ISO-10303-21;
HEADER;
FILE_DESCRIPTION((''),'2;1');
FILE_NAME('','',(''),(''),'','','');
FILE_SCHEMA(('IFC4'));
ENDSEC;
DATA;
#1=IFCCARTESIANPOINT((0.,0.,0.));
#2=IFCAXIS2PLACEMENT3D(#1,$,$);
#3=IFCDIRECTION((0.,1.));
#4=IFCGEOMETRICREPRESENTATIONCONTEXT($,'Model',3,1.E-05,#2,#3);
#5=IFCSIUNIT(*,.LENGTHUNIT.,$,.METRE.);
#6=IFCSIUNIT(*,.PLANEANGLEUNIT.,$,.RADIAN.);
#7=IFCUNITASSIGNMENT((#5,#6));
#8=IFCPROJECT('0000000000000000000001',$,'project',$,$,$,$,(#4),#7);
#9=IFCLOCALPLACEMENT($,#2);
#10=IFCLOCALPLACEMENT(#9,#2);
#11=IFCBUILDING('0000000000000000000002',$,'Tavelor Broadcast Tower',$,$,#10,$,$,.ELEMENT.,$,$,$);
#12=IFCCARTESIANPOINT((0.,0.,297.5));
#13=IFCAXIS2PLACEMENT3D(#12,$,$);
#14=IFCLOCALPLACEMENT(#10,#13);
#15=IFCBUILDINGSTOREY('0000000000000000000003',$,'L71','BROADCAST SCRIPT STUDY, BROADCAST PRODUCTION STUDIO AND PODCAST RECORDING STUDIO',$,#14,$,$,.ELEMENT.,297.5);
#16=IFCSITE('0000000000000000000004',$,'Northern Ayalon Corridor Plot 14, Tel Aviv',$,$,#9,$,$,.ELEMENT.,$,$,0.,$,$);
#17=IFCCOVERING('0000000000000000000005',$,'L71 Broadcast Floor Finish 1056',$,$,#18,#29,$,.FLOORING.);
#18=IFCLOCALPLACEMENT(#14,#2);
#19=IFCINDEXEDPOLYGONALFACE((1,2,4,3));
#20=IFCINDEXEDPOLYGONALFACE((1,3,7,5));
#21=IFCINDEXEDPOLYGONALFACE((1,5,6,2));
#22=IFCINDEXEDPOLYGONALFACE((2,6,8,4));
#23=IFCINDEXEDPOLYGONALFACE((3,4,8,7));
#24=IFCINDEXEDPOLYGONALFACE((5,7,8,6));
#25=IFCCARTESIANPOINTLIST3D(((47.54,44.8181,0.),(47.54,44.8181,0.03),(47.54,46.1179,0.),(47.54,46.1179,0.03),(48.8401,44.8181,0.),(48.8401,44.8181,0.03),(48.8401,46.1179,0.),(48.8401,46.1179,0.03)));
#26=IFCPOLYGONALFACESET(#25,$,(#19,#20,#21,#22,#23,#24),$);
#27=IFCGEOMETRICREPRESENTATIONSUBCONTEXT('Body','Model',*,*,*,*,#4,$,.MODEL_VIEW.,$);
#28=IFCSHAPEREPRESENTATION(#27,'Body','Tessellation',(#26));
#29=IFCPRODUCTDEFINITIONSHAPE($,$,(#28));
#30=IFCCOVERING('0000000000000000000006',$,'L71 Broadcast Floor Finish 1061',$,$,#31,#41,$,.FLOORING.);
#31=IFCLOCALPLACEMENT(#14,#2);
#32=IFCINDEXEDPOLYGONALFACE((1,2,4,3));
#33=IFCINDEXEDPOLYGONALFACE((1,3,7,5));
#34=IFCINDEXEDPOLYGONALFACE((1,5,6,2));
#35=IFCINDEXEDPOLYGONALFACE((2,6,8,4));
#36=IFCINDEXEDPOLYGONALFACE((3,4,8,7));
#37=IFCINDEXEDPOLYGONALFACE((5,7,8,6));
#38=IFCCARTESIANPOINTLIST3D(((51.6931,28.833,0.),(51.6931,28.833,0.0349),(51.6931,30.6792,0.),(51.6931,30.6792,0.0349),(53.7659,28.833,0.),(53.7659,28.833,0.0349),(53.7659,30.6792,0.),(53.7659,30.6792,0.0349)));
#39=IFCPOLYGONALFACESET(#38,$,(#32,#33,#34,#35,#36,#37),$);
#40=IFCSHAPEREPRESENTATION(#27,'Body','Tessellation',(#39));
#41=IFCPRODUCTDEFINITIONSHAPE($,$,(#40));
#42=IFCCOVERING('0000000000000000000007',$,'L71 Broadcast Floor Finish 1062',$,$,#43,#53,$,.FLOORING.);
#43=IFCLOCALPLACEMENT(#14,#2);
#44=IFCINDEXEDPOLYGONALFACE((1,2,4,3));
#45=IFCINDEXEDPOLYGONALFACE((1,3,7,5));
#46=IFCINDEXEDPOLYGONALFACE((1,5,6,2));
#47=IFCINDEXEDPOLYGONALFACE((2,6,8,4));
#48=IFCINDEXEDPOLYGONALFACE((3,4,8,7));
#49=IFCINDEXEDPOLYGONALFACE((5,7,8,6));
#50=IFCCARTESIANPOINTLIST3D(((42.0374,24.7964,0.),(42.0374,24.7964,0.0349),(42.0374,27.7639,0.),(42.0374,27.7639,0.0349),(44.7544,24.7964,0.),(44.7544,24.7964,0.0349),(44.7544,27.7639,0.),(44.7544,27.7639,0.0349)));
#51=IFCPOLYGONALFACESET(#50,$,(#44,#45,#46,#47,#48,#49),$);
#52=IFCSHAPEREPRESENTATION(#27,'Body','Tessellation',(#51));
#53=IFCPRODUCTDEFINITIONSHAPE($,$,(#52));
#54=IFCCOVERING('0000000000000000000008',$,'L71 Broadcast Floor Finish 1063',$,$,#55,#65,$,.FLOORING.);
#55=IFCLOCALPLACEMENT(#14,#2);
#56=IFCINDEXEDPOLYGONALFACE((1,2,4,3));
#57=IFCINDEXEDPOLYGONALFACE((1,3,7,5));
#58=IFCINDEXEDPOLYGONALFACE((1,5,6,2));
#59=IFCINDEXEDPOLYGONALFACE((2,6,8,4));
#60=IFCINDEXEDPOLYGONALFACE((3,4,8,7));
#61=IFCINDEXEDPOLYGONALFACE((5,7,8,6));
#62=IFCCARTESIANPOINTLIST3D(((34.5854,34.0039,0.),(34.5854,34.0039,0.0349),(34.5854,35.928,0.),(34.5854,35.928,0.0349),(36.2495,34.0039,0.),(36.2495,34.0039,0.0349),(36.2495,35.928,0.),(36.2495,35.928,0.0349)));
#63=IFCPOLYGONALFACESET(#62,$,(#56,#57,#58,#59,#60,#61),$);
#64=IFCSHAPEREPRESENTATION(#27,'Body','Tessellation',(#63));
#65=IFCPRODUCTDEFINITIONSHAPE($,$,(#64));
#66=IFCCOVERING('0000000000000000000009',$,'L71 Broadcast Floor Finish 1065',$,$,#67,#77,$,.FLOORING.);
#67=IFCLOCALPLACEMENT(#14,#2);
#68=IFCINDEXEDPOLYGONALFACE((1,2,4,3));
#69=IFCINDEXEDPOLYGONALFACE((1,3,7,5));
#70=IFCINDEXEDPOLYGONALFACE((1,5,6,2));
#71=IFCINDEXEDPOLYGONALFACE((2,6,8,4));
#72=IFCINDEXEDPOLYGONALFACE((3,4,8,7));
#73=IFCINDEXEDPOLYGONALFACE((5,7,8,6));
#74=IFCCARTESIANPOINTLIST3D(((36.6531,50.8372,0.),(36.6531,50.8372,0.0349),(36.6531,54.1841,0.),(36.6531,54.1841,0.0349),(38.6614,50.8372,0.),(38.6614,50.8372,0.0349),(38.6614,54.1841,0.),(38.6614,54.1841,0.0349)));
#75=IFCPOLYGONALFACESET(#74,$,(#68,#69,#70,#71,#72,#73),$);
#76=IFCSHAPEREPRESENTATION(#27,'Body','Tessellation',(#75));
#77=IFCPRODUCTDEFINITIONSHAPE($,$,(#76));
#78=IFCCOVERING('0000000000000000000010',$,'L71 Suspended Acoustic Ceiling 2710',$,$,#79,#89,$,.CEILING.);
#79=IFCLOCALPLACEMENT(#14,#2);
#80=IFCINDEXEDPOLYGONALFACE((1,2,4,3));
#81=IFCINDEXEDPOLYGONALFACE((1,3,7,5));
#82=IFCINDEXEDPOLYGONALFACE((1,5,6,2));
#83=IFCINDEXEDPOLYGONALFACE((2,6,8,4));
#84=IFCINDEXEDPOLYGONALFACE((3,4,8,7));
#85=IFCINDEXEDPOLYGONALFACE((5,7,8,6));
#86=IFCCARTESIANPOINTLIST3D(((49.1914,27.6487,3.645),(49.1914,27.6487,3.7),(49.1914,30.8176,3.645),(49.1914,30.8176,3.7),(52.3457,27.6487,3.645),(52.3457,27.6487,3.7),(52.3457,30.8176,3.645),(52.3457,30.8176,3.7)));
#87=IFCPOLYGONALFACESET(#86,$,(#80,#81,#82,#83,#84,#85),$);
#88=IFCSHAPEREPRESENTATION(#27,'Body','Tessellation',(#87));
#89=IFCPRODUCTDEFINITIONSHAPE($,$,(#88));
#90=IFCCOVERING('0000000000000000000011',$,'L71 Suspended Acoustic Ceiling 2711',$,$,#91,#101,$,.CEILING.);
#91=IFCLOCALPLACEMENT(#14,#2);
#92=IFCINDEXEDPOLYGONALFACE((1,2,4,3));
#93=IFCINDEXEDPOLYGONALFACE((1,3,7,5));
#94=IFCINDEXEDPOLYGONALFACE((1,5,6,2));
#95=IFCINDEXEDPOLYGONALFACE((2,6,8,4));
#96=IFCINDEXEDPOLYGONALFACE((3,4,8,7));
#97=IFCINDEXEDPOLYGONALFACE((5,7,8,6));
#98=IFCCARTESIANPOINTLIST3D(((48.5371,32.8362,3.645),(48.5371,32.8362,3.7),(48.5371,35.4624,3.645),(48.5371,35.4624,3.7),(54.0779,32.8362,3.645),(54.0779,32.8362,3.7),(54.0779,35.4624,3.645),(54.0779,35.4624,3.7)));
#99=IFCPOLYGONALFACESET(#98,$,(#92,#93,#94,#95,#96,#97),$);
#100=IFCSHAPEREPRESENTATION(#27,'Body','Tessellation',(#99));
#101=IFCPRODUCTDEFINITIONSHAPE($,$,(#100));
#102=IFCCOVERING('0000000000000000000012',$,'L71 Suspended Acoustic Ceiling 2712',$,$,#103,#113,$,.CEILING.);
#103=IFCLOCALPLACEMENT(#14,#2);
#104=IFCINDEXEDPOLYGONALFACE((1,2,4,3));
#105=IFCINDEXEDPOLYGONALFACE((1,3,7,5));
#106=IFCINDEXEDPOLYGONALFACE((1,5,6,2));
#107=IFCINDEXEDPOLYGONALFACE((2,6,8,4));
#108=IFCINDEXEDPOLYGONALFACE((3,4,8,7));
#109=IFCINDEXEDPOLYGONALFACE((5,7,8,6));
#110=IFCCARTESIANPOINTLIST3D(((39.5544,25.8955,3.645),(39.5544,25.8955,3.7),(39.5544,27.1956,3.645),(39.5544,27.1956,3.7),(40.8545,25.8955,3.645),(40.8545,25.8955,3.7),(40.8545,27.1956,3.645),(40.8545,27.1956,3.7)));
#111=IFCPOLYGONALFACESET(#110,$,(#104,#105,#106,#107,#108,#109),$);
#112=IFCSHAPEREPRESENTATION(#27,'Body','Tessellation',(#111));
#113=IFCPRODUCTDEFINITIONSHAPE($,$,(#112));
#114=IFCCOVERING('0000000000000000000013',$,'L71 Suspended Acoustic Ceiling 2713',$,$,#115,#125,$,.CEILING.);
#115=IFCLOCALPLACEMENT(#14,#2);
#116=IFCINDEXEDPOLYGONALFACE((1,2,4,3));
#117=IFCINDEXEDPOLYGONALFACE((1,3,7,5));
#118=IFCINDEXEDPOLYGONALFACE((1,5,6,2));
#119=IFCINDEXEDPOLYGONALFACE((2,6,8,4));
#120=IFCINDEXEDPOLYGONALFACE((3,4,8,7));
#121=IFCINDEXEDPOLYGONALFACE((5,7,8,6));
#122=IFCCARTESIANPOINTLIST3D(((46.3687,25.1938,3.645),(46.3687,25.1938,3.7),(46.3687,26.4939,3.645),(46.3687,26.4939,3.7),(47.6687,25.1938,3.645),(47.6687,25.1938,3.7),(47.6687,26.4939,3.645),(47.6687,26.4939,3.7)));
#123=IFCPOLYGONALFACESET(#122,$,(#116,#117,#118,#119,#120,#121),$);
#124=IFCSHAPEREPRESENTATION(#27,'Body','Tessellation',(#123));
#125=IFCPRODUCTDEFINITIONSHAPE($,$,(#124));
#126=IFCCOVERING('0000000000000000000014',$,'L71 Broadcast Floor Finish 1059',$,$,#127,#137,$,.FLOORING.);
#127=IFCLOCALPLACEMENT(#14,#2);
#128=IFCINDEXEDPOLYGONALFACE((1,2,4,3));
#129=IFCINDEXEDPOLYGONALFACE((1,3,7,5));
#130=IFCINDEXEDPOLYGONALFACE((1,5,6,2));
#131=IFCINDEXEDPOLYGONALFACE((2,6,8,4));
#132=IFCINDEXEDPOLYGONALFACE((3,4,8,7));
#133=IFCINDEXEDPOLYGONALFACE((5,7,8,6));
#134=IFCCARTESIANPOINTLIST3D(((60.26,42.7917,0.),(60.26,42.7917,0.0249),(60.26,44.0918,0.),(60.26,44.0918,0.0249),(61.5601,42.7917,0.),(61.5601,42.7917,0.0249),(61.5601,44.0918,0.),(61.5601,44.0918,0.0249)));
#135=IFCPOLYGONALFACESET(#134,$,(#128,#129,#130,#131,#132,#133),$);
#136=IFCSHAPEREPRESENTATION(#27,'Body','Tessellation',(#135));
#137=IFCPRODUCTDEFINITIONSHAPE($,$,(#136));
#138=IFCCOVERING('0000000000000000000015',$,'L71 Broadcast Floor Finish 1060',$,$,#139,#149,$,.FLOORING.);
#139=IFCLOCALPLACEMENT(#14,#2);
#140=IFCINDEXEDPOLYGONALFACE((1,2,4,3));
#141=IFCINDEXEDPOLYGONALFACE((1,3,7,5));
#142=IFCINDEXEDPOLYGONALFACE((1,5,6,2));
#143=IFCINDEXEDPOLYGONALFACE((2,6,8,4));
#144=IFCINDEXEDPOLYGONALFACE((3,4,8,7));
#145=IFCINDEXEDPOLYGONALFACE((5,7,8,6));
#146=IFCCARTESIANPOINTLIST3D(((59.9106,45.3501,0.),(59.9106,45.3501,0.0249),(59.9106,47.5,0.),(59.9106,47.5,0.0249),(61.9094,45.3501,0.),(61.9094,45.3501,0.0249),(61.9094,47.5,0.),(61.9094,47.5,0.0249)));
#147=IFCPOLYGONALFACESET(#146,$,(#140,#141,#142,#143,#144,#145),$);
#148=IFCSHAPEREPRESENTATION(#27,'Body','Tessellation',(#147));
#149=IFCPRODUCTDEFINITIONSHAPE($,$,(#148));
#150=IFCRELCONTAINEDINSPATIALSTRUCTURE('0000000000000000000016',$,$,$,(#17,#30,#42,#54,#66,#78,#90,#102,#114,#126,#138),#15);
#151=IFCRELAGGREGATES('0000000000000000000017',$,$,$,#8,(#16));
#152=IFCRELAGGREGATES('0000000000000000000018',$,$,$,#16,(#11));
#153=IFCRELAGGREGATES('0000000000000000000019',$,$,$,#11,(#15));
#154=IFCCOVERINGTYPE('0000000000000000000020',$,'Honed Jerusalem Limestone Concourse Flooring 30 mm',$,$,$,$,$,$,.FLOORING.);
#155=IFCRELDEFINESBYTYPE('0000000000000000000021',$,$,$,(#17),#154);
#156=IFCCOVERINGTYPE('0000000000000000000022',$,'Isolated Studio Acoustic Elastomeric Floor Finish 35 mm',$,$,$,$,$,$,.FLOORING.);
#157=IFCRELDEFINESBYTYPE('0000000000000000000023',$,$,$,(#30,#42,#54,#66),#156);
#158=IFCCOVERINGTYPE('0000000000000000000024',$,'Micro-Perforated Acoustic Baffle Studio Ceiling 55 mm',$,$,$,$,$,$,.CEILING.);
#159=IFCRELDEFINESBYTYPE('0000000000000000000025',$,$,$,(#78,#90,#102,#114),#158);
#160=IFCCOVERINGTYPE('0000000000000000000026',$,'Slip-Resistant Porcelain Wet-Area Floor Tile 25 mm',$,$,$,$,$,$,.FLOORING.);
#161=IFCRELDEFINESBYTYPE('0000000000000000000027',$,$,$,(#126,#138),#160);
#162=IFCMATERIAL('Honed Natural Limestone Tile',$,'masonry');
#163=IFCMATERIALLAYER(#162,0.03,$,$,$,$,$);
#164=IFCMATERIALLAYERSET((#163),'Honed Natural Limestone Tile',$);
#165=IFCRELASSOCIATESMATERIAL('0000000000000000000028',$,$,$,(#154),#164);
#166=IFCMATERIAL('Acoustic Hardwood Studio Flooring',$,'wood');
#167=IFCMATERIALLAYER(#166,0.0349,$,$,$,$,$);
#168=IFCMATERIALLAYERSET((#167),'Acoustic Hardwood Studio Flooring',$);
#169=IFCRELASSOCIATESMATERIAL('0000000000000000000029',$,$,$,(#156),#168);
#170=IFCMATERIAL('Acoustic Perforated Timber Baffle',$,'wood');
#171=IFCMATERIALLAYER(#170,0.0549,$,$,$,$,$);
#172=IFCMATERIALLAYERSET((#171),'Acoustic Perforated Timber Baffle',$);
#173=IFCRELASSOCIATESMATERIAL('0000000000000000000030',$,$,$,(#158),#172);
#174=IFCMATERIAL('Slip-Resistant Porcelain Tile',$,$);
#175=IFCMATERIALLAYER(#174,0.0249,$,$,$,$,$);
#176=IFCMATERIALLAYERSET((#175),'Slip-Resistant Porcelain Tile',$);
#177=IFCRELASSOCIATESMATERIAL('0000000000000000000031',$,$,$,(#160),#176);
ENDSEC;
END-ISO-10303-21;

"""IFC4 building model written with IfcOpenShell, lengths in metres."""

from ifc_helpers import new_model, si_unit, direction, frame, origin, place, context, subcontext, project, spatial, polyline, outline, extrude, material, layer, layer_set, type_object, element, save


model = new_model("IFC4")

# Units and contexts
model_context = context("Model", 3, precision=1e-05, world=origin(), true_north=direction((0.0, 1.0)))
body_context = subcontext(model_context, "Body", "Model", "MODEL_VIEW")
ifc_project = project(units=[si_unit("LENGTHUNIT", "METRE"), si_unit("PLANEANGLEUNIT", "RADIAN")], contexts=[model_context])

# Site, building, storey
site_placement = place(None, origin())
site = spatial("IfcSite", under=ifc_project, at=site_placement, Name="Northern Ayalon Corridor Plot 14, Tel Aviv", CompositionType="ELEMENT", RefElevation=0.0)
building_placement = place(site_placement, origin())
building = spatial("IfcBuilding", under=site, at=building_placement, Name="Tavelor Broadcast Tower", CompositionType="ELEMENT")
storey_placement = place(building_placement, frame((0.0, 0.0, 297.5)))
storey = spatial("IfcBuildingStorey", under=building, at=storey_placement, Name="L71", Description="BROADCAST SCRIPT STUDY, BROADCAST PRODUCTION STUDIO AND PODCAST RECORDING STUDIO", CompositionType="ELEMENT", Elevation=297.5)

# Coverings
ifc_material_1 = material(Name="Honed Natural Limestone Tile", Category="masonry")
ifc_layer_1 = layer(ifc_material_1, 0.03)
ifc_layer_set_1 = layer_set([ifc_layer_1], Name="Honed Natural Limestone Tile")
covering_type_1 = type_object("IfcCoveringType", Name="Honed Jerusalem Limestone Concourse Flooring 30 mm", PredefinedType="FLOORING", material=ifc_layer_set_1)
covering_1_placement = place(storey_placement, origin())
element("IfcCovering", 1, at=covering_1_placement, inside=storey, type_object=covering_type_1, Name="L71 Broadcast Floor Finish 1056", PredefinedType="FLOORING", context=body_context, shape_type="SweptSolid", body=[
    extrude(outline(polyline([(47.54, 44.8181), (48.8401, 44.8181), (48.8401, 46.1179), (47.54, 46.1179), (47.54, 44.8181)])), origin(), (0.0, 0.0, 1.0), 0.03),
])
ifc_material_2 = material(Name="Acoustic Hardwood Studio Flooring", Category="wood")
ifc_layer_2 = layer(ifc_material_2, 0.0349)
ifc_layer_set_2 = layer_set([ifc_layer_2], Name="Acoustic Hardwood Studio Flooring")
covering_type_2 = type_object("IfcCoveringType", Name="Isolated Studio Acoustic Elastomeric Floor Finish 35 mm", PredefinedType="FLOORING", material=ifc_layer_set_2)
covering_2_placement = place(storey_placement, origin())
element("IfcCovering", 2, at=covering_2_placement, inside=storey, type_object=covering_type_2, Name="L71 Broadcast Floor Finish 1061", PredefinedType="FLOORING", context=body_context, shape_type="SweptSolid", body=[
    extrude(outline(polyline([(51.6931, 28.833), (53.7659, 28.833), (53.7659, 30.6792), (51.6931, 30.6792), (51.6931, 28.833)])), origin(), (0.0, 0.0, 1.0), 0.0349),
])
covering_3_placement = place(storey_placement, origin())
element("IfcCovering", 3, at=covering_3_placement, inside=storey, type_object=covering_type_2, Name="L71 Broadcast Floor Finish 1062", PredefinedType="FLOORING", context=body_context, shape_type="SweptSolid", body=[
    extrude(outline(polyline([(42.0374, 24.7964), (44.7544, 24.7964), (44.7544, 27.7639), (42.0374, 27.7639), (42.0374, 24.7964)])), origin(), (0.0, 0.0, 1.0), 0.0349),
])
covering_4_placement = place(storey_placement, origin())
element("IfcCovering", 4, at=covering_4_placement, inside=storey, type_object=covering_type_2, Name="L71 Broadcast Floor Finish 1063", PredefinedType="FLOORING", context=body_context, shape_type="SweptSolid", body=[
    extrude(outline(polyline([(34.5854, 34.0039), (36.2495, 34.0039), (36.2495, 35.928), (34.5854, 35.928), (34.5854, 34.0039)])), origin(), (0.0, 0.0, 1.0), 0.0349),
])
covering_5_placement = place(storey_placement, origin())
element("IfcCovering", 5, at=covering_5_placement, inside=storey, type_object=covering_type_2, Name="L71 Broadcast Floor Finish 1065", PredefinedType="FLOORING", context=body_context, shape_type="SweptSolid", body=[
    extrude(outline(polyline([(36.6531, 50.8372), (38.6614, 50.8372), (38.6614, 54.1841), (36.6531, 54.1841), (36.6531, 50.8372)])), origin(), (0.0, 0.0, 1.0), 0.0349),
])
ifc_material_3 = material(Name="Acoustic Perforated Timber Baffle", Category="wood")
ifc_layer_3 = layer(ifc_material_3, 0.0549)
ifc_layer_set_3 = layer_set([ifc_layer_3], Name="Acoustic Perforated Timber Baffle")
covering_type_3 = type_object("IfcCoveringType", Name="Micro-Perforated Acoustic Baffle Studio Ceiling 55 mm", PredefinedType="CEILING", material=ifc_layer_set_3)
covering_6_placement = place(storey_placement, frame((0.0, 0.0, 3.645)))
element("IfcCovering", 6, at=covering_6_placement, inside=storey, type_object=covering_type_3, Name="L71 Suspended Acoustic Ceiling 2710", PredefinedType="CEILING", context=body_context, shape_type="SweptSolid", body=[
    extrude(outline(polyline([(49.1914, 27.6487), (52.3457, 27.6487), (52.3457, 30.8176), (49.1914, 30.8176), (49.1914, 27.6487)])), origin(), (0.0, 0.0, 1.0), 0.0549),
])
covering_7_placement = place(storey_placement, frame((0.0, 0.0, 3.645)))
element("IfcCovering", 7, at=covering_7_placement, inside=storey, type_object=covering_type_3, Name="L71 Suspended Acoustic Ceiling 2711", PredefinedType="CEILING", context=body_context, shape_type="SweptSolid", body=[
    extrude(outline(polyline([(48.5371, 32.8362), (54.0779, 32.8362), (54.0779, 35.4624), (48.5371, 35.4624), (48.5371, 32.8362)])), origin(), (0.0, 0.0, 1.0), 0.0549),
])
covering_8_placement = place(storey_placement, frame((0.0, 0.0, 3.645)))
element("IfcCovering", 8, at=covering_8_placement, inside=storey, type_object=covering_type_3, Name="L71 Suspended Acoustic Ceiling 2712", PredefinedType="CEILING", context=body_context, shape_type="SweptSolid", body=[
    extrude(outline(polyline([(39.5544, 25.8955), (40.8545, 25.8955), (40.8545, 27.1956), (39.5544, 27.1956), (39.5544, 25.8955)])), origin(), (0.0, 0.0, 1.0), 0.0549),
])
covering_9_placement = place(storey_placement, frame((0.0, 0.0, 3.645)))
element("IfcCovering", 9, at=covering_9_placement, inside=storey, type_object=covering_type_3, Name="L71 Suspended Acoustic Ceiling 2713", PredefinedType="CEILING", context=body_context, shape_type="SweptSolid", body=[
    extrude(outline(polyline([(46.3687, 25.1938), (47.6687, 25.1938), (47.6687, 26.4939), (46.3687, 26.4939), (46.3687, 25.1938)])), origin(), (0.0, 0.0, 1.0), 0.0549),
])
ifc_material_4 = material(Name="Slip-Resistant Porcelain Tile")
ifc_layer_4 = layer(ifc_material_4, 0.0249)
ifc_layer_set_4 = layer_set([ifc_layer_4], Name="Slip-Resistant Porcelain Tile")
covering_type_4 = type_object("IfcCoveringType", Name="Slip-Resistant Porcelain Wet-Area Floor Tile 25 mm", PredefinedType="FLOORING", material=ifc_layer_set_4)
covering_10_placement = place(storey_placement, origin())
element("IfcCovering", 10, at=covering_10_placement, inside=storey, type_object=covering_type_4, Name="L71 Broadcast Floor Finish 1059", PredefinedType="FLOORING", context=body_context, shape_type="SweptSolid", body=[
    extrude(outline(polyline([(60.26, 42.7917), (61.5601, 42.7917), (61.5601, 44.0918), (60.26, 44.0918), (60.26, 42.7917)])), origin(), (0.0, 0.0, 1.0), 0.0249),
])
covering_11_placement = place(storey_placement, origin())
element("IfcCovering", 11, at=covering_11_placement, inside=storey, type_object=covering_type_4, Name="L71 Broadcast Floor Finish 1060", PredefinedType="FLOORING", context=body_context, shape_type="SweptSolid", body=[
    extrude(outline(polyline([(59.9106, 45.3501), (61.9094, 45.3501), (61.9094, 47.5), (59.9106, 47.5), (59.9106, 45.3501)])), origin(), (0.0, 0.0, 1.0), 0.0249),
])

save(model, "model.ifc")
